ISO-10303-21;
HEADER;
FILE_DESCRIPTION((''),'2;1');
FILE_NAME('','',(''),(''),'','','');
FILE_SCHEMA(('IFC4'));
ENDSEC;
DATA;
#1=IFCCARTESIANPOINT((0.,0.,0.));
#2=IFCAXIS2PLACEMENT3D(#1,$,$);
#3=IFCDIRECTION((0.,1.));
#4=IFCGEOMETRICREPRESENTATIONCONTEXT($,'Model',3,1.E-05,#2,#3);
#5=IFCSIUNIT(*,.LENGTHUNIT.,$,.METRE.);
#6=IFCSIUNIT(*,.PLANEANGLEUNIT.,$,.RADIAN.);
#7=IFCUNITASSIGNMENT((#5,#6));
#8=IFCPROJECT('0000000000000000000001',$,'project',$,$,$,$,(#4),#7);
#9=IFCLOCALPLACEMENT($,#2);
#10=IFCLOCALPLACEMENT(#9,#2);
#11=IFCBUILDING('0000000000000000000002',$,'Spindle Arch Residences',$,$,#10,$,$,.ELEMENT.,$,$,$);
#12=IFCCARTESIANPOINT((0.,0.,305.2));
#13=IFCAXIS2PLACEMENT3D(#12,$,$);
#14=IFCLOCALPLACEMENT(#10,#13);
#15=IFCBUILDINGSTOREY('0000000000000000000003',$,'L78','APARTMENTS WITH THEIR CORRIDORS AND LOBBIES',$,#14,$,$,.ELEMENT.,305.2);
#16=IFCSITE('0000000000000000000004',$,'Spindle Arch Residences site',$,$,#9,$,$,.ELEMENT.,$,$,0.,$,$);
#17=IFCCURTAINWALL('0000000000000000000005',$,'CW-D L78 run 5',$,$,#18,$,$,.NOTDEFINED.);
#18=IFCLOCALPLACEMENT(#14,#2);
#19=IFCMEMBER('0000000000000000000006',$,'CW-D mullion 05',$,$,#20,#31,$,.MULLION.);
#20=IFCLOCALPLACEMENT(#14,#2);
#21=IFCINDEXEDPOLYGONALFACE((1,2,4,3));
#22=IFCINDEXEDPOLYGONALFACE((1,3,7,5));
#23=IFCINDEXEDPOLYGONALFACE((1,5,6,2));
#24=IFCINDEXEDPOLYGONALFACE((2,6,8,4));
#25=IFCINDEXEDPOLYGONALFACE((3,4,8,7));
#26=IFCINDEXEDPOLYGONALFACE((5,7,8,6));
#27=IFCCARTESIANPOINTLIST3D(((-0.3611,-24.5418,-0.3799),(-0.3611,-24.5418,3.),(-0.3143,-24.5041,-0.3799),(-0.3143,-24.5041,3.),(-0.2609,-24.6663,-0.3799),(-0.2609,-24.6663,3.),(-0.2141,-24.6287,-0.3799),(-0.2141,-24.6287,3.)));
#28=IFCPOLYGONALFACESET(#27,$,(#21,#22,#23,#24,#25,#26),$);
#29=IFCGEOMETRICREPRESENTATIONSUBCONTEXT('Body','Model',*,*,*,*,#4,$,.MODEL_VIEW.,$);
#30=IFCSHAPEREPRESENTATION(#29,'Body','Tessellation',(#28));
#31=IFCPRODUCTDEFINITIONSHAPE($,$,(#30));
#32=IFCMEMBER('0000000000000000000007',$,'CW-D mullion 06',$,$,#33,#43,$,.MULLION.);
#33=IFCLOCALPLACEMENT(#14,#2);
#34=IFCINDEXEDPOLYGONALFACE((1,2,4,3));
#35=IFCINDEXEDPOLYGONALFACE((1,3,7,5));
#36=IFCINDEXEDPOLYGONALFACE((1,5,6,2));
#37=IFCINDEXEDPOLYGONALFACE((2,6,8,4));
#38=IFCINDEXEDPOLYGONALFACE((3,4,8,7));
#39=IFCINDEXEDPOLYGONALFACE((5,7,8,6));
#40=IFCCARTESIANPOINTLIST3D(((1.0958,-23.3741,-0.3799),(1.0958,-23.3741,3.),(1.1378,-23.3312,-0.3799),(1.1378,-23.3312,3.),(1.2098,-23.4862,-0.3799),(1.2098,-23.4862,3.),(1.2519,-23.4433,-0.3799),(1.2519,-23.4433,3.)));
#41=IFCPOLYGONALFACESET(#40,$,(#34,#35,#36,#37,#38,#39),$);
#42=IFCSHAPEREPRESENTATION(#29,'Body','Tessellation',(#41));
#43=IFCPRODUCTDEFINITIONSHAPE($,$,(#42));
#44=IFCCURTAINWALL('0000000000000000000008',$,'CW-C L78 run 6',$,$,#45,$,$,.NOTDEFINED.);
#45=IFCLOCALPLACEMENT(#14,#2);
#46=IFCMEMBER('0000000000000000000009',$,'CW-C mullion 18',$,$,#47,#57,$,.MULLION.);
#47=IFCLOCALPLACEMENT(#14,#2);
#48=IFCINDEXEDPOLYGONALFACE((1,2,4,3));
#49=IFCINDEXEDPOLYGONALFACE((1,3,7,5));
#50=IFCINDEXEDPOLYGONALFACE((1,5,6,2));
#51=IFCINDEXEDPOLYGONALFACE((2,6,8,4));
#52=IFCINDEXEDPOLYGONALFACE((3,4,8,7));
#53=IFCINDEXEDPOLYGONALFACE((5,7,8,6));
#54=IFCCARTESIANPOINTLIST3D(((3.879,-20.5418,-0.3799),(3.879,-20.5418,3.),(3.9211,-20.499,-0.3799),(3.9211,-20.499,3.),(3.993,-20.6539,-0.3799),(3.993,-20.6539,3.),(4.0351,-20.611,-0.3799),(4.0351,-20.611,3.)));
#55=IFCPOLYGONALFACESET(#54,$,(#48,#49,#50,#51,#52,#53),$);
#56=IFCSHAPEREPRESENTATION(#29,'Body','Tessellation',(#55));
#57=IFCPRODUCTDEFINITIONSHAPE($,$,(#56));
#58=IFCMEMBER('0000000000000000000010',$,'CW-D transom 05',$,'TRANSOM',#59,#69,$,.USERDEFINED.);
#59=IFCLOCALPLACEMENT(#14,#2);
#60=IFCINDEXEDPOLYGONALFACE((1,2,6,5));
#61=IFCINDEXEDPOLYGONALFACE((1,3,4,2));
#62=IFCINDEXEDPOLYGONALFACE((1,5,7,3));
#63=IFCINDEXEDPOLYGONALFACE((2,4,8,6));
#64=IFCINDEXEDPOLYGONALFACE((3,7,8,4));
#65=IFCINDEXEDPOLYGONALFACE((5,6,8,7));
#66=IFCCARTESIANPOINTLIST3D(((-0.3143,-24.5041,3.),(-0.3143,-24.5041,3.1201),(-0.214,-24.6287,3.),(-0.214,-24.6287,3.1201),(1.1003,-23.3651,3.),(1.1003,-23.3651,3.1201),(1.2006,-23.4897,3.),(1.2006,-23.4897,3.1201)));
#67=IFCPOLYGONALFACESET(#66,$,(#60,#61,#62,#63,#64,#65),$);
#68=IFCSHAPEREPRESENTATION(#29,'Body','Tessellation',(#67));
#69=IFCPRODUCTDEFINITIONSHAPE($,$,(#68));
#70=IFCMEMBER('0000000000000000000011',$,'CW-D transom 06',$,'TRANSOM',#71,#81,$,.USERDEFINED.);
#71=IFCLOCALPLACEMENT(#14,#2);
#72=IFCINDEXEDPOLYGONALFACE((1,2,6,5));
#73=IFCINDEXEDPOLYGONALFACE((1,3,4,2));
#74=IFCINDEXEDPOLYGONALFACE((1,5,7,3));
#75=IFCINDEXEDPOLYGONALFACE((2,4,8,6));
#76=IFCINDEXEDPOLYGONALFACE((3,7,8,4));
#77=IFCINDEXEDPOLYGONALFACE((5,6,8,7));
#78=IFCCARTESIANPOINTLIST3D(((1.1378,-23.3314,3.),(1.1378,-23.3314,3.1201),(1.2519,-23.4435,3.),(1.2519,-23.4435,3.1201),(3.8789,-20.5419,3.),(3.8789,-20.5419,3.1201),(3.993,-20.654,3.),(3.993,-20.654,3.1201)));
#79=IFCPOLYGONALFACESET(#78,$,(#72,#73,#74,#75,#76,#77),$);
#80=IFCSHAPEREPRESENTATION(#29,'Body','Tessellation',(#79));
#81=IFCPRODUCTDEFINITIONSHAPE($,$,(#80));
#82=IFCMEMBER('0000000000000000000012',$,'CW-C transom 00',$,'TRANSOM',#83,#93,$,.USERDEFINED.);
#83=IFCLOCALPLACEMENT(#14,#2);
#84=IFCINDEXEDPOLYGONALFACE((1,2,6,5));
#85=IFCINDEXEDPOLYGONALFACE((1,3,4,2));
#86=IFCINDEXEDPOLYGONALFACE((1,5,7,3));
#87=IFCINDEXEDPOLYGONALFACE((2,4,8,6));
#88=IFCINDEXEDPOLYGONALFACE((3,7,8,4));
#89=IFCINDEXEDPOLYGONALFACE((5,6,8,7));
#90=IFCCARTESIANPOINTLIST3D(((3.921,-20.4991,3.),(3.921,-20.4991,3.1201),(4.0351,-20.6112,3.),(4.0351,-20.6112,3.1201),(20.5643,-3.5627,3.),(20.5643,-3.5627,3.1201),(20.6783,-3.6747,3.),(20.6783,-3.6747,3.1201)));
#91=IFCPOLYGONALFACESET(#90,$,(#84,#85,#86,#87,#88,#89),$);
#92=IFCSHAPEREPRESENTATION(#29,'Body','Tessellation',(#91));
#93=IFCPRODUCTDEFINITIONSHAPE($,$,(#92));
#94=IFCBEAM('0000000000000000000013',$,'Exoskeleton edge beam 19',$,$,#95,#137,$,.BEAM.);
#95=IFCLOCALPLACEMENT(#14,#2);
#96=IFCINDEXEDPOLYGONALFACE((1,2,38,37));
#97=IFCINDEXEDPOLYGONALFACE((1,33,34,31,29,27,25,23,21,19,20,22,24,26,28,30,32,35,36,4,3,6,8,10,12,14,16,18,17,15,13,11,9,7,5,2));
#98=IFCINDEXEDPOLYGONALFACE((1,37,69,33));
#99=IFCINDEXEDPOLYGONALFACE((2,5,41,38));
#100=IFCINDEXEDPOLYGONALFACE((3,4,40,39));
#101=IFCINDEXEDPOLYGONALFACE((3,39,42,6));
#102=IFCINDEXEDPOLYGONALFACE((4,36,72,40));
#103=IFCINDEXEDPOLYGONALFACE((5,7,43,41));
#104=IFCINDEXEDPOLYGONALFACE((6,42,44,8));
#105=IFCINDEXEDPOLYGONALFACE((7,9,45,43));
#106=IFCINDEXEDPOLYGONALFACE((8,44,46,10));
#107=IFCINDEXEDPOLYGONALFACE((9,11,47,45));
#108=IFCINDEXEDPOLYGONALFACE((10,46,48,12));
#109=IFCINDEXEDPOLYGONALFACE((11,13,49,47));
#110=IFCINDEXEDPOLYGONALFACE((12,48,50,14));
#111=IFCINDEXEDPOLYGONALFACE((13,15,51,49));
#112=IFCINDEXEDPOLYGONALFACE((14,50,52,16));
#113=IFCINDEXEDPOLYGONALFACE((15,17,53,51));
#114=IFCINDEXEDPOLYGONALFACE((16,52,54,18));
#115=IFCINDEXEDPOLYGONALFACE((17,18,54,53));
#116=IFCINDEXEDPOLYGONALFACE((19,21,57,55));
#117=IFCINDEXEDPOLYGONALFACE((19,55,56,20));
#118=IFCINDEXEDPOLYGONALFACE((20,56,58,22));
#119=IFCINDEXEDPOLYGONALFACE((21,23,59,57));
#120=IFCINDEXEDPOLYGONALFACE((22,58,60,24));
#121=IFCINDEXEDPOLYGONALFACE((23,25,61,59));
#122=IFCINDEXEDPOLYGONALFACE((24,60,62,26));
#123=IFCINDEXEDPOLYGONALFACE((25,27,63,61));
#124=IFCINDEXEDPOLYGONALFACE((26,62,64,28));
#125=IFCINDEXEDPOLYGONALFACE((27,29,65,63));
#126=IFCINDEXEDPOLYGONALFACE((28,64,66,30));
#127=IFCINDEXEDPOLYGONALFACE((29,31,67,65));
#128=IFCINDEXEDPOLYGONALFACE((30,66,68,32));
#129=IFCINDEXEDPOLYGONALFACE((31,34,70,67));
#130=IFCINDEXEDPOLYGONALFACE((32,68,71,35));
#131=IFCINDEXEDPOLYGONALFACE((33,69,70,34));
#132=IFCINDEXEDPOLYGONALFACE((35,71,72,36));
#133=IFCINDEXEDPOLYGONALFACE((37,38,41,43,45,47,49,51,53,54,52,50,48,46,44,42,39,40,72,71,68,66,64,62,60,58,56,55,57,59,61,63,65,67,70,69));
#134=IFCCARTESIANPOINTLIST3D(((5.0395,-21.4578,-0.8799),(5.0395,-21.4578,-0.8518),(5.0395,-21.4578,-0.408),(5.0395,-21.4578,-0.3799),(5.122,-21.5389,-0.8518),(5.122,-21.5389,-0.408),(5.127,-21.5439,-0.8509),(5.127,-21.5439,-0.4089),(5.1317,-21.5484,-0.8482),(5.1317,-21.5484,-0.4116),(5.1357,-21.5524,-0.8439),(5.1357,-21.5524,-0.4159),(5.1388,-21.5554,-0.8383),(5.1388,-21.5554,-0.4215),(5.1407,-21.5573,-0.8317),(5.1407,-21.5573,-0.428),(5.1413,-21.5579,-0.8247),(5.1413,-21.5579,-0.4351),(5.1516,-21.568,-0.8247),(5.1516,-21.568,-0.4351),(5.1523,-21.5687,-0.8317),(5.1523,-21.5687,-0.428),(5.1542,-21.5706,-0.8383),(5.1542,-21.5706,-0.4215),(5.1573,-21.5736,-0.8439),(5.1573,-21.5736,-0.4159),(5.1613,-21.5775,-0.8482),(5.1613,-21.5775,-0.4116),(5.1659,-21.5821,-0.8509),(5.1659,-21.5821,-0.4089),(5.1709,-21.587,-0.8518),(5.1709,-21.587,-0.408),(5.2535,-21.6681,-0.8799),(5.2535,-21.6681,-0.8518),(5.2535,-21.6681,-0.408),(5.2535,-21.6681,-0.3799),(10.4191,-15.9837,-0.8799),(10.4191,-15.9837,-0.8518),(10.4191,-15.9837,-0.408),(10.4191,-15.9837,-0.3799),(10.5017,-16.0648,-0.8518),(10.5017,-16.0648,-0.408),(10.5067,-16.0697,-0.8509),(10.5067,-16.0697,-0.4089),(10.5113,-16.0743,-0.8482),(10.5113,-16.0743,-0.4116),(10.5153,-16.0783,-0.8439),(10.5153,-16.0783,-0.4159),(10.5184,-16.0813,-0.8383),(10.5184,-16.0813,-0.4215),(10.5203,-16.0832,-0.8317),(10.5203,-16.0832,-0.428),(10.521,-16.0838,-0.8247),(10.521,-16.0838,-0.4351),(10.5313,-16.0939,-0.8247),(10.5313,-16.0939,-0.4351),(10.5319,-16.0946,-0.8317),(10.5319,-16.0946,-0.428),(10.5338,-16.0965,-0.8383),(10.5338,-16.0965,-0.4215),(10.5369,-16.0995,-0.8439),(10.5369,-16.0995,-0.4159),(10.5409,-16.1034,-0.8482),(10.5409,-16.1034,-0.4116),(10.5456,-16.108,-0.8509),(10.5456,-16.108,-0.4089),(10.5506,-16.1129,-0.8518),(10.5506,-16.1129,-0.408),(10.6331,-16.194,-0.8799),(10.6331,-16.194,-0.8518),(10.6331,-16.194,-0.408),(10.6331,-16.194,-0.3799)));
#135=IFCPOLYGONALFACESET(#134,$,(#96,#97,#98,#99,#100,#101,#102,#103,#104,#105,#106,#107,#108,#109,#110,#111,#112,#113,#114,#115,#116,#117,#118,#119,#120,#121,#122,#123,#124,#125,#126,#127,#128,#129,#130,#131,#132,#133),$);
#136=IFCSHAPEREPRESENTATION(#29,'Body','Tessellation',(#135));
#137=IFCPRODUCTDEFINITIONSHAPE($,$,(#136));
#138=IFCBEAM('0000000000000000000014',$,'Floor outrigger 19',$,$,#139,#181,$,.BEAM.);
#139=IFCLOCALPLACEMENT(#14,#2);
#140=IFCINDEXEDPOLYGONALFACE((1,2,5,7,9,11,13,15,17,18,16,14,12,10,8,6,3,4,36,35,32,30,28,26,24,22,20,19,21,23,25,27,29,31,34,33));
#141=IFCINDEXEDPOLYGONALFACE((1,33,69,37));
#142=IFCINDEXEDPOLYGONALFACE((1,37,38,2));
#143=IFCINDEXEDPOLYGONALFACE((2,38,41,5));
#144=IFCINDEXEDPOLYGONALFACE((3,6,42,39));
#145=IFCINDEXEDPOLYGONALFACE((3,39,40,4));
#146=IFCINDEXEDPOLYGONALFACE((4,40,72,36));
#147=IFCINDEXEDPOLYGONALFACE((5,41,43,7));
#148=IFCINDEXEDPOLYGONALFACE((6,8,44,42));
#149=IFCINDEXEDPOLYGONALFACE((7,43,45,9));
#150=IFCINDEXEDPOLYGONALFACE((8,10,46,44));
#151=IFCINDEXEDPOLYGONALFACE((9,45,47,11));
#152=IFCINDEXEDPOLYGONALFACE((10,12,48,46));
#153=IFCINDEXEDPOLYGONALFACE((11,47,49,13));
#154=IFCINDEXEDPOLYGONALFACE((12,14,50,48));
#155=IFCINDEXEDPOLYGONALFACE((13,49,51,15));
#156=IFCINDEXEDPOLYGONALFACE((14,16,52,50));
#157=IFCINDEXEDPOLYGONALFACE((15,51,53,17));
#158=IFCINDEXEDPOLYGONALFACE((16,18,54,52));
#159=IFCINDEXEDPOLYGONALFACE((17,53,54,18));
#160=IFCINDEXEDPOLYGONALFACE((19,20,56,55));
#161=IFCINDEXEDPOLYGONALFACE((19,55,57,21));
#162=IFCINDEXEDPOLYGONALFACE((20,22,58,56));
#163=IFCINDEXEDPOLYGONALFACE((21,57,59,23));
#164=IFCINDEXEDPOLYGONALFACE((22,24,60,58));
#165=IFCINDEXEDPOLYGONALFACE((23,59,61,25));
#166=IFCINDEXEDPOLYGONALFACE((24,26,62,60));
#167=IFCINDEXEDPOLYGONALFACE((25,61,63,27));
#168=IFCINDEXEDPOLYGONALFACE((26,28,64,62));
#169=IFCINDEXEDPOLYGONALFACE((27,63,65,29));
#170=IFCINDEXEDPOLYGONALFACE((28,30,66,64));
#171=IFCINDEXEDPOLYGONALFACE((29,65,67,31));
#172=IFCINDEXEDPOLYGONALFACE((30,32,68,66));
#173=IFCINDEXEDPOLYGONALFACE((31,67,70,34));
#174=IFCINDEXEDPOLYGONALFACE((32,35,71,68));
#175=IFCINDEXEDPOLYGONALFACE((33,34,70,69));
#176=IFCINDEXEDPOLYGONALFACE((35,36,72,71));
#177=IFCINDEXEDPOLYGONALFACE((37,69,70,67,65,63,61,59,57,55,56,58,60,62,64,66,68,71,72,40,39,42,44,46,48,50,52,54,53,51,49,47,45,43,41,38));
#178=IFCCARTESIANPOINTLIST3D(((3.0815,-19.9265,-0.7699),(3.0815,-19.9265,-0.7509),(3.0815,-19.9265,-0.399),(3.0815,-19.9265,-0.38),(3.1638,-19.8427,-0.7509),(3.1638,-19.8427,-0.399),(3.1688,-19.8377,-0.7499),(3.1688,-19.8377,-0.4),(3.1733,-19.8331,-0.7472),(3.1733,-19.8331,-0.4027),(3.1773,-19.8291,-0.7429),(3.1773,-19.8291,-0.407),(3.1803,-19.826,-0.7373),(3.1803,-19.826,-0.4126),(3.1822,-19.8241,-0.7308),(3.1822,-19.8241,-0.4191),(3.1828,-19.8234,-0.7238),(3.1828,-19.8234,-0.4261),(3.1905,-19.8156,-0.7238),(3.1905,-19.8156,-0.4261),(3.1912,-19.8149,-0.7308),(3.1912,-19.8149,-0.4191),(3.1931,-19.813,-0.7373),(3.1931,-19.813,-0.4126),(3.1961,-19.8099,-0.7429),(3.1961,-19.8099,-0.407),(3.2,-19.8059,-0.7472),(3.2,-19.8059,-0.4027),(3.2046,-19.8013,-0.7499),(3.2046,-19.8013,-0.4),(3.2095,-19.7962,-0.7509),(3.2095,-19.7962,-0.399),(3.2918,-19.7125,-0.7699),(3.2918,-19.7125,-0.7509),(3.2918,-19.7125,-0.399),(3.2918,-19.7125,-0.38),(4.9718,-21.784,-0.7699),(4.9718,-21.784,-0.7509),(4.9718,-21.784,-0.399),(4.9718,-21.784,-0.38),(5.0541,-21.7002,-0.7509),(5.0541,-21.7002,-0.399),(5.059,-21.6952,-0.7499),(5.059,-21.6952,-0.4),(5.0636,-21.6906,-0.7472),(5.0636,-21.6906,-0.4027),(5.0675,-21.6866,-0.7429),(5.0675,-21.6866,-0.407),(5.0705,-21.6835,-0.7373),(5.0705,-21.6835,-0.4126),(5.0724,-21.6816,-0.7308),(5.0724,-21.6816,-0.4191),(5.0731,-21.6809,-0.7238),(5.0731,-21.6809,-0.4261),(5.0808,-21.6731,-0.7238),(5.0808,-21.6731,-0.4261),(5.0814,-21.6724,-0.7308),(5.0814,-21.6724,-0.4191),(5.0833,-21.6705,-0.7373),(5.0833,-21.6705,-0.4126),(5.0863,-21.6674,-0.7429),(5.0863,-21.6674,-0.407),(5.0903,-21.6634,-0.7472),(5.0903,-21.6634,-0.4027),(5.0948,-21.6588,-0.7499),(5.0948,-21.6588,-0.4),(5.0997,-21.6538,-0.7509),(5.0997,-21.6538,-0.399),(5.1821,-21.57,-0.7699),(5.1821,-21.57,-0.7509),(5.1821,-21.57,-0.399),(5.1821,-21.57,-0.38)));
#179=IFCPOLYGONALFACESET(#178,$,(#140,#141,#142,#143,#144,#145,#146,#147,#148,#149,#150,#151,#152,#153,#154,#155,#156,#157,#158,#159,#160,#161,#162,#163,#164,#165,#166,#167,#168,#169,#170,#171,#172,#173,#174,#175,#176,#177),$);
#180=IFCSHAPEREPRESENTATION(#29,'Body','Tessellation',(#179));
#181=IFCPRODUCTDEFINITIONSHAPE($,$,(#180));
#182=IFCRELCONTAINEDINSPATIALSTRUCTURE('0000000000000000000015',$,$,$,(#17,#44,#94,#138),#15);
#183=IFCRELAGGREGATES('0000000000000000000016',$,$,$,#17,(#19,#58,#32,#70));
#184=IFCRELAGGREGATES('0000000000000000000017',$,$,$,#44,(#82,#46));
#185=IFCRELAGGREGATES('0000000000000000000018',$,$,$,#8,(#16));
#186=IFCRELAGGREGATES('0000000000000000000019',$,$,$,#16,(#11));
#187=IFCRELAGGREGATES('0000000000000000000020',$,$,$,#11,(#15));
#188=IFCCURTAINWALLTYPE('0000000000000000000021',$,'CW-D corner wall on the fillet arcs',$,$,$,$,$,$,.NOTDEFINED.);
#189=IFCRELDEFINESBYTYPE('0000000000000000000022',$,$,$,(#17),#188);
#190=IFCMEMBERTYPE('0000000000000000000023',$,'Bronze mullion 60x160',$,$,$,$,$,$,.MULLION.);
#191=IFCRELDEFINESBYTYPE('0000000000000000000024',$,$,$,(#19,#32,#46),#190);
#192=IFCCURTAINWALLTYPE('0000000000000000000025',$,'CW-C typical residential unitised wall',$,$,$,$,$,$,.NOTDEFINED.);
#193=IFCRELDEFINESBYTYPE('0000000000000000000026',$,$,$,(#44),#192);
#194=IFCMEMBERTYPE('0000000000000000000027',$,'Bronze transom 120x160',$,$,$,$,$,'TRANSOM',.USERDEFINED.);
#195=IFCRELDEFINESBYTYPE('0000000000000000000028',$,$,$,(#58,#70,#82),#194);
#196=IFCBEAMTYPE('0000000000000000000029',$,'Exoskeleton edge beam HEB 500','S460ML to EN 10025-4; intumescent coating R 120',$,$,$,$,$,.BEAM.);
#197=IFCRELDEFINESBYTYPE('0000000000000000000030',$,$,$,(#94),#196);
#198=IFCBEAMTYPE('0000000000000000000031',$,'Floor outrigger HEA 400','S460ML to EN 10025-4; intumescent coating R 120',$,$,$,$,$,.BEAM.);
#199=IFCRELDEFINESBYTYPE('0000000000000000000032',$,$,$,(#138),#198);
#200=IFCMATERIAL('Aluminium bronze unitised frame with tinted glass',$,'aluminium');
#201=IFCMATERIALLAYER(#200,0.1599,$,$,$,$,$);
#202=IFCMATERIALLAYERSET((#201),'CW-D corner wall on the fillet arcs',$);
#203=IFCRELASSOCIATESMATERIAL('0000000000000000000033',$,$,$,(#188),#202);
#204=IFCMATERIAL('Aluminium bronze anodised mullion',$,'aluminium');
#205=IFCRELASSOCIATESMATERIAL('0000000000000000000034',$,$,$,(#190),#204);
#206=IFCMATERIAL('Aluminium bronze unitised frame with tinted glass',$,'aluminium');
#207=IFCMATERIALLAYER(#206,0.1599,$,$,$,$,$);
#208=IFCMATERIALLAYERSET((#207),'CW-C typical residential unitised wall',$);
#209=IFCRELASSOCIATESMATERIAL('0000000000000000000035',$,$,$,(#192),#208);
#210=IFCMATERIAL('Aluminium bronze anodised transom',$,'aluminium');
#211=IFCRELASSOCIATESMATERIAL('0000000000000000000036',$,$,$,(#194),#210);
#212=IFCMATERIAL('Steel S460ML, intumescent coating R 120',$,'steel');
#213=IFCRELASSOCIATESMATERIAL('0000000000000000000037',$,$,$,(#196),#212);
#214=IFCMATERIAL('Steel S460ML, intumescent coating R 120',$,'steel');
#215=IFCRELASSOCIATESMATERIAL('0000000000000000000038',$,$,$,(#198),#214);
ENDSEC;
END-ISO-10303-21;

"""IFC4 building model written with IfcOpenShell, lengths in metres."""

from ifc_helpers import new_model, si_unit, direction, frame, origin, origin_2d, place, context, subcontext, project, spatial, rectangle, i_section, extrude, material, layer, layer_set, material_profile, profile_set, type_object, element, aggregate, save


model = new_model("IFC4")

# Units and contexts
model_context = context("Model", 3, precision=1e-05, world=origin(), true_north=direction((0.0, 1.0)))
body_context = subcontext(model_context, "Body", "Model", "MODEL_VIEW")
ifc_project = project(units=[si_unit("LENGTHUNIT", "METRE"), si_unit("PLANEANGLEUNIT", "RADIAN")], contexts=[model_context])

# Site, building, storey
site_placement = place(None, origin())
site = spatial("IfcSite", under=ifc_project, at=site_placement, Name="Spindle Arch Residences site", CompositionType="ELEMENT", RefElevation=0.0)
building_placement = place(site_placement, origin())
building = spatial("IfcBuilding", under=site, at=building_placement, Name="Spindle Arch Residences", CompositionType="ELEMENT")
storey_placement = place(building_placement, frame((0.0, 0.0, 305.2)))
storey = spatial("IfcBuildingStorey", under=building, at=storey_placement, Name="L78", Description="APARTMENTS WITH THEIR CORRIDORS AND LOBBIES", CompositionType="ELEMENT", Elevation=305.2)

# Curtain wall, members
ifc_material_1 = material(Name="Aluminium bronze unitised frame with tinted glass", Category="aluminium")
ifc_layer_1 = layer(ifc_material_1, 0.1599)
ifc_layer_set_1 = layer_set([ifc_layer_1], Name="CW-D corner wall on the fillet arcs")
curtain_wall_type_1 = type_object("IfcCurtainWallType", Name="CW-D corner wall on the fillet arcs", PredefinedType="NOTDEFINED", material=ifc_layer_set_1)
curtain_wall_1_placement = place(storey_placement, origin())
curtain_wall_1 = element("IfcCurtainWall", 1, at=curtain_wall_1_placement, inside=storey, type_object=curtain_wall_type_1, Name="CW-D L78 run 5", PredefinedType="NOTDEFINED")
ifc_material_2 = material(Name="Aluminium bronze anodised mullion", Category="aluminium")
ifc_material_profile_1 = material_profile(ifc_material_2, rectangle(XDim=0.1599, YDim=0.0601, at=origin_2d()), Name="MU 60x160")
ifc_profile_set_1 = profile_set([ifc_material_profile_1], Name="Aluminium bronze anodised mullion")
member_type_1 = type_object("IfcMemberType", Name="Bronze mullion 60x160", PredefinedType="MULLION", material=ifc_profile_set_1)
member_1_placement = place(storey_placement, frame((-0.2876, -24.5852, -0.3799), z_axis=(0.0, 0.0, 1.0), x_axis=(-0.627057, 0.778973, 0.0)))
member_1 = element("IfcMember", 2, at=member_1_placement, type_object=member_type_1, Name="CW-D mullion 05", PredefinedType="MULLION", context=body_context, shape_type="SweptSolid", body=[
    extrude(rectangle(XDim=0.1599, YDim=0.0601, at=origin_2d()), origin(), (0.0, 0.0, 1.0), 3.3799),
])
member_2_placement = place(storey_placement, frame((1.1738, -23.4087, -0.3799), z_axis=(0.0, 0.0, 1.0), x_axis=(-0.71325, 0.700909, 0.0)))
member_2 = element("IfcMember", 3, at=member_2_placement, type_object=member_type_1, Name="CW-D mullion 06", PredefinedType="MULLION", context=body_context, shape_type="SweptSolid", body=[
    extrude(rectangle(XDim=0.1599, YDim=0.0601, at=origin_2d()), origin(), (0.0, 0.0, 1.0), 3.3799),
])

# Curtain wall, member
ifc_material_3 = material(Name="Aluminium bronze unitised frame with tinted glass", Category="aluminium")
ifc_layer_2 = layer(ifc_material_3, 0.1599)
ifc_layer_set_2 = layer_set([ifc_layer_2], Name="CW-C typical residential unitised wall")
curtain_wall_type_2 = type_object("IfcCurtainWallType", Name="CW-C typical residential unitised wall", PredefinedType="NOTDEFINED", material=ifc_layer_set_2)
curtain_wall_2_placement = place(storey_placement, origin())
curtain_wall_2 = element("IfcCurtainWall", 4, at=curtain_wall_2_placement, inside=storey, type_object=curtain_wall_type_2, Name="CW-C L78 run 6", PredefinedType="NOTDEFINED")
member_3_placement = place(storey_placement, frame((3.957, -20.5764, -0.3799), z_axis=(0.0, 0.0, 1.0), x_axis=(-0.71325, 0.700909, 0.0)))
member_3 = element("IfcMember", 5, at=member_3_placement, type_object=member_type_1, Name="CW-C mullion 18", PredefinedType="MULLION", context=body_context, shape_type="SweptSolid", body=[
    extrude(rectangle(XDim=0.1599, YDim=0.0601, at=origin_2d()), origin(), (0.0, 0.0, 1.0), 3.3799),
])

# Members
ifc_material_4 = material(Name="Aluminium bronze anodised transom", Category="aluminium")
ifc_material_profile_2 = material_profile(ifc_material_4, rectangle(XDim=0.1599, YDim=0.1201, at=origin_2d()), Name="TR 120x160")
ifc_profile_set_2 = profile_set([ifc_material_profile_2], Name="Aluminium bronze anodised transom")
member_type_2 = type_object("IfcMemberType", Name="Bronze transom 120x160", ElementType="TRANSOM", PredefinedType="USERDEFINED", material=ifc_profile_set_2)
member_4_placement = place(storey_placement, frame((-0.2642, -24.5664, 3.0601), z_axis=(0.778911, 0.627135, 0.0), x_axis=(-0.627135, 0.778911, 0.0)))
member_4 = element("IfcMember", 6, at=member_4_placement, type_object=member_type_2, Name="CW-D transom 05", ObjectType="TRANSOM", PredefinedType="USERDEFINED", context=body_context, shape_type="SweptSolid", body=[
    extrude(rectangle(XDim=0.1599, YDim=0.1201, at=origin_2d()), origin(), (0.0, 0.0, 1.0), 1.8162),
])
member_5_placement = place(storey_placement, frame((1.1948, -23.3875, 3.0601), z_axis=(0.7009, 0.71326, 0.0), x_axis=(-0.71326, 0.7009, 0.0)))
member_5 = element("IfcMember", 7, at=member_5_placement, type_object=member_type_2, Name="CW-D transom 06", ObjectType="TRANSOM", PredefinedType="USERDEFINED", context=body_context, shape_type="SweptSolid", body=[
    extrude(rectangle(XDim=0.1599, YDim=0.1201, at=origin_2d()), origin(), (0.0, 0.0, 1.0), 3.9109),
])
member_6_placement = place(storey_placement, frame((3.978, -20.5552, 3.0601), z_axis=(0.700906, 0.713254, 0.0), x_axis=(-0.713254, 0.700906, 0.0)))
member_6 = element("IfcMember", 8, at=member_6_placement, type_object=member_type_2, Name="CW-C transom 00", ObjectType="TRANSOM", PredefinedType="USERDEFINED", context=body_context, shape_type="SweptSolid", body=[
    extrude(rectangle(XDim=0.1599, YDim=0.1201, at=origin_2d()), origin(), (0.0, 0.0, 1.0), 23.7454),
])

# Beams
ifc_material_5 = material(Name="Steel S460ML, intumescent coating R 120", Category="steel")
ifc_material_profile_3 = material_profile(ifc_material_5, i_section(OverallWidth=0.3, OverallDepth=0.5, WebThickness=0.0144, FlangeThickness=0.0281, FilletRadius=0.0271, at=origin_2d()), Name="HEB 500")
ifc_profile_set_3 = profile_set([ifc_material_profile_3], Name="Steel S460ML, intumescent coating R 120")
beam_type_1 = type_object("IfcBeamType", Name="Exoskeleton edge beam HEB 500", Description="S460ML to EN 10025-4; intumescent coating R 120", PredefinedType="BEAM", material=ifc_profile_set_3)
beam_1_placement = place(storey_placement, frame((5.1465, -21.563, -0.6299), z_axis=(0.700925, 0.713235, 0.0), x_axis=(-0.713235, 0.700925, 0.0)))
element("IfcBeam", 9, at=beam_1_placement, inside=storey, type_object=beam_type_1, Name="Exoskeleton edge beam 19", PredefinedType="BEAM", context=body_context, shape_type="SweptSolid", body=[
    extrude(i_section(OverallWidth=0.3, OverallDepth=0.5, WebThickness=0.0144, FlangeThickness=0.0281, FilletRadius=0.0271, at=origin_2d()), origin(), (0.0, 0.0, 1.0), 7.675),
])
ifc_material_6 = material(Name="Steel S460ML, intumescent coating R 120", Category="steel")
ifc_material_profile_4 = material_profile(ifc_material_6, i_section(OverallWidth=0.3, OverallDepth=0.3899, WebThickness=0.011, FlangeThickness=0.019, FilletRadius=0.0271, at=origin_2d()), Name="HEA 400")
ifc_profile_set_4 = profile_set([ifc_material_profile_4], Name="Steel S460ML, intumescent coating R 120")
beam_type_2 = type_object("IfcBeamType", Name="Floor outrigger HEA 400", Description="S460ML to EN 10025-4; intumescent coating R 120", PredefinedType="BEAM", material=ifc_profile_set_4)
beam_2_placement = place(storey_placement, frame((5.0769, -21.677, -0.575), z_axis=(-0.713252, 0.700907, 0.0), x_axis=(-0.700907, -0.713252, 0.0)))
element("IfcBeam", 10, at=beam_2_placement, inside=storey, type_object=beam_type_2, Name="Floor outrigger 19", PredefinedType="BEAM", context=body_context, shape_type="SweptSolid", body=[
    extrude(i_section(OverallWidth=0.3, OverallDepth=0.3899, WebThickness=0.011, FlangeThickness=0.019, FilletRadius=0.0271, at=origin_2d()), origin(), (0.0, 0.0, 1.0), 2.6501),
])

aggregate(curtain_wall_1, [member_1, member_4, member_2, member_5])
aggregate(curtain_wall_2, [member_6, member_3])

save(model, "model.ifc")
